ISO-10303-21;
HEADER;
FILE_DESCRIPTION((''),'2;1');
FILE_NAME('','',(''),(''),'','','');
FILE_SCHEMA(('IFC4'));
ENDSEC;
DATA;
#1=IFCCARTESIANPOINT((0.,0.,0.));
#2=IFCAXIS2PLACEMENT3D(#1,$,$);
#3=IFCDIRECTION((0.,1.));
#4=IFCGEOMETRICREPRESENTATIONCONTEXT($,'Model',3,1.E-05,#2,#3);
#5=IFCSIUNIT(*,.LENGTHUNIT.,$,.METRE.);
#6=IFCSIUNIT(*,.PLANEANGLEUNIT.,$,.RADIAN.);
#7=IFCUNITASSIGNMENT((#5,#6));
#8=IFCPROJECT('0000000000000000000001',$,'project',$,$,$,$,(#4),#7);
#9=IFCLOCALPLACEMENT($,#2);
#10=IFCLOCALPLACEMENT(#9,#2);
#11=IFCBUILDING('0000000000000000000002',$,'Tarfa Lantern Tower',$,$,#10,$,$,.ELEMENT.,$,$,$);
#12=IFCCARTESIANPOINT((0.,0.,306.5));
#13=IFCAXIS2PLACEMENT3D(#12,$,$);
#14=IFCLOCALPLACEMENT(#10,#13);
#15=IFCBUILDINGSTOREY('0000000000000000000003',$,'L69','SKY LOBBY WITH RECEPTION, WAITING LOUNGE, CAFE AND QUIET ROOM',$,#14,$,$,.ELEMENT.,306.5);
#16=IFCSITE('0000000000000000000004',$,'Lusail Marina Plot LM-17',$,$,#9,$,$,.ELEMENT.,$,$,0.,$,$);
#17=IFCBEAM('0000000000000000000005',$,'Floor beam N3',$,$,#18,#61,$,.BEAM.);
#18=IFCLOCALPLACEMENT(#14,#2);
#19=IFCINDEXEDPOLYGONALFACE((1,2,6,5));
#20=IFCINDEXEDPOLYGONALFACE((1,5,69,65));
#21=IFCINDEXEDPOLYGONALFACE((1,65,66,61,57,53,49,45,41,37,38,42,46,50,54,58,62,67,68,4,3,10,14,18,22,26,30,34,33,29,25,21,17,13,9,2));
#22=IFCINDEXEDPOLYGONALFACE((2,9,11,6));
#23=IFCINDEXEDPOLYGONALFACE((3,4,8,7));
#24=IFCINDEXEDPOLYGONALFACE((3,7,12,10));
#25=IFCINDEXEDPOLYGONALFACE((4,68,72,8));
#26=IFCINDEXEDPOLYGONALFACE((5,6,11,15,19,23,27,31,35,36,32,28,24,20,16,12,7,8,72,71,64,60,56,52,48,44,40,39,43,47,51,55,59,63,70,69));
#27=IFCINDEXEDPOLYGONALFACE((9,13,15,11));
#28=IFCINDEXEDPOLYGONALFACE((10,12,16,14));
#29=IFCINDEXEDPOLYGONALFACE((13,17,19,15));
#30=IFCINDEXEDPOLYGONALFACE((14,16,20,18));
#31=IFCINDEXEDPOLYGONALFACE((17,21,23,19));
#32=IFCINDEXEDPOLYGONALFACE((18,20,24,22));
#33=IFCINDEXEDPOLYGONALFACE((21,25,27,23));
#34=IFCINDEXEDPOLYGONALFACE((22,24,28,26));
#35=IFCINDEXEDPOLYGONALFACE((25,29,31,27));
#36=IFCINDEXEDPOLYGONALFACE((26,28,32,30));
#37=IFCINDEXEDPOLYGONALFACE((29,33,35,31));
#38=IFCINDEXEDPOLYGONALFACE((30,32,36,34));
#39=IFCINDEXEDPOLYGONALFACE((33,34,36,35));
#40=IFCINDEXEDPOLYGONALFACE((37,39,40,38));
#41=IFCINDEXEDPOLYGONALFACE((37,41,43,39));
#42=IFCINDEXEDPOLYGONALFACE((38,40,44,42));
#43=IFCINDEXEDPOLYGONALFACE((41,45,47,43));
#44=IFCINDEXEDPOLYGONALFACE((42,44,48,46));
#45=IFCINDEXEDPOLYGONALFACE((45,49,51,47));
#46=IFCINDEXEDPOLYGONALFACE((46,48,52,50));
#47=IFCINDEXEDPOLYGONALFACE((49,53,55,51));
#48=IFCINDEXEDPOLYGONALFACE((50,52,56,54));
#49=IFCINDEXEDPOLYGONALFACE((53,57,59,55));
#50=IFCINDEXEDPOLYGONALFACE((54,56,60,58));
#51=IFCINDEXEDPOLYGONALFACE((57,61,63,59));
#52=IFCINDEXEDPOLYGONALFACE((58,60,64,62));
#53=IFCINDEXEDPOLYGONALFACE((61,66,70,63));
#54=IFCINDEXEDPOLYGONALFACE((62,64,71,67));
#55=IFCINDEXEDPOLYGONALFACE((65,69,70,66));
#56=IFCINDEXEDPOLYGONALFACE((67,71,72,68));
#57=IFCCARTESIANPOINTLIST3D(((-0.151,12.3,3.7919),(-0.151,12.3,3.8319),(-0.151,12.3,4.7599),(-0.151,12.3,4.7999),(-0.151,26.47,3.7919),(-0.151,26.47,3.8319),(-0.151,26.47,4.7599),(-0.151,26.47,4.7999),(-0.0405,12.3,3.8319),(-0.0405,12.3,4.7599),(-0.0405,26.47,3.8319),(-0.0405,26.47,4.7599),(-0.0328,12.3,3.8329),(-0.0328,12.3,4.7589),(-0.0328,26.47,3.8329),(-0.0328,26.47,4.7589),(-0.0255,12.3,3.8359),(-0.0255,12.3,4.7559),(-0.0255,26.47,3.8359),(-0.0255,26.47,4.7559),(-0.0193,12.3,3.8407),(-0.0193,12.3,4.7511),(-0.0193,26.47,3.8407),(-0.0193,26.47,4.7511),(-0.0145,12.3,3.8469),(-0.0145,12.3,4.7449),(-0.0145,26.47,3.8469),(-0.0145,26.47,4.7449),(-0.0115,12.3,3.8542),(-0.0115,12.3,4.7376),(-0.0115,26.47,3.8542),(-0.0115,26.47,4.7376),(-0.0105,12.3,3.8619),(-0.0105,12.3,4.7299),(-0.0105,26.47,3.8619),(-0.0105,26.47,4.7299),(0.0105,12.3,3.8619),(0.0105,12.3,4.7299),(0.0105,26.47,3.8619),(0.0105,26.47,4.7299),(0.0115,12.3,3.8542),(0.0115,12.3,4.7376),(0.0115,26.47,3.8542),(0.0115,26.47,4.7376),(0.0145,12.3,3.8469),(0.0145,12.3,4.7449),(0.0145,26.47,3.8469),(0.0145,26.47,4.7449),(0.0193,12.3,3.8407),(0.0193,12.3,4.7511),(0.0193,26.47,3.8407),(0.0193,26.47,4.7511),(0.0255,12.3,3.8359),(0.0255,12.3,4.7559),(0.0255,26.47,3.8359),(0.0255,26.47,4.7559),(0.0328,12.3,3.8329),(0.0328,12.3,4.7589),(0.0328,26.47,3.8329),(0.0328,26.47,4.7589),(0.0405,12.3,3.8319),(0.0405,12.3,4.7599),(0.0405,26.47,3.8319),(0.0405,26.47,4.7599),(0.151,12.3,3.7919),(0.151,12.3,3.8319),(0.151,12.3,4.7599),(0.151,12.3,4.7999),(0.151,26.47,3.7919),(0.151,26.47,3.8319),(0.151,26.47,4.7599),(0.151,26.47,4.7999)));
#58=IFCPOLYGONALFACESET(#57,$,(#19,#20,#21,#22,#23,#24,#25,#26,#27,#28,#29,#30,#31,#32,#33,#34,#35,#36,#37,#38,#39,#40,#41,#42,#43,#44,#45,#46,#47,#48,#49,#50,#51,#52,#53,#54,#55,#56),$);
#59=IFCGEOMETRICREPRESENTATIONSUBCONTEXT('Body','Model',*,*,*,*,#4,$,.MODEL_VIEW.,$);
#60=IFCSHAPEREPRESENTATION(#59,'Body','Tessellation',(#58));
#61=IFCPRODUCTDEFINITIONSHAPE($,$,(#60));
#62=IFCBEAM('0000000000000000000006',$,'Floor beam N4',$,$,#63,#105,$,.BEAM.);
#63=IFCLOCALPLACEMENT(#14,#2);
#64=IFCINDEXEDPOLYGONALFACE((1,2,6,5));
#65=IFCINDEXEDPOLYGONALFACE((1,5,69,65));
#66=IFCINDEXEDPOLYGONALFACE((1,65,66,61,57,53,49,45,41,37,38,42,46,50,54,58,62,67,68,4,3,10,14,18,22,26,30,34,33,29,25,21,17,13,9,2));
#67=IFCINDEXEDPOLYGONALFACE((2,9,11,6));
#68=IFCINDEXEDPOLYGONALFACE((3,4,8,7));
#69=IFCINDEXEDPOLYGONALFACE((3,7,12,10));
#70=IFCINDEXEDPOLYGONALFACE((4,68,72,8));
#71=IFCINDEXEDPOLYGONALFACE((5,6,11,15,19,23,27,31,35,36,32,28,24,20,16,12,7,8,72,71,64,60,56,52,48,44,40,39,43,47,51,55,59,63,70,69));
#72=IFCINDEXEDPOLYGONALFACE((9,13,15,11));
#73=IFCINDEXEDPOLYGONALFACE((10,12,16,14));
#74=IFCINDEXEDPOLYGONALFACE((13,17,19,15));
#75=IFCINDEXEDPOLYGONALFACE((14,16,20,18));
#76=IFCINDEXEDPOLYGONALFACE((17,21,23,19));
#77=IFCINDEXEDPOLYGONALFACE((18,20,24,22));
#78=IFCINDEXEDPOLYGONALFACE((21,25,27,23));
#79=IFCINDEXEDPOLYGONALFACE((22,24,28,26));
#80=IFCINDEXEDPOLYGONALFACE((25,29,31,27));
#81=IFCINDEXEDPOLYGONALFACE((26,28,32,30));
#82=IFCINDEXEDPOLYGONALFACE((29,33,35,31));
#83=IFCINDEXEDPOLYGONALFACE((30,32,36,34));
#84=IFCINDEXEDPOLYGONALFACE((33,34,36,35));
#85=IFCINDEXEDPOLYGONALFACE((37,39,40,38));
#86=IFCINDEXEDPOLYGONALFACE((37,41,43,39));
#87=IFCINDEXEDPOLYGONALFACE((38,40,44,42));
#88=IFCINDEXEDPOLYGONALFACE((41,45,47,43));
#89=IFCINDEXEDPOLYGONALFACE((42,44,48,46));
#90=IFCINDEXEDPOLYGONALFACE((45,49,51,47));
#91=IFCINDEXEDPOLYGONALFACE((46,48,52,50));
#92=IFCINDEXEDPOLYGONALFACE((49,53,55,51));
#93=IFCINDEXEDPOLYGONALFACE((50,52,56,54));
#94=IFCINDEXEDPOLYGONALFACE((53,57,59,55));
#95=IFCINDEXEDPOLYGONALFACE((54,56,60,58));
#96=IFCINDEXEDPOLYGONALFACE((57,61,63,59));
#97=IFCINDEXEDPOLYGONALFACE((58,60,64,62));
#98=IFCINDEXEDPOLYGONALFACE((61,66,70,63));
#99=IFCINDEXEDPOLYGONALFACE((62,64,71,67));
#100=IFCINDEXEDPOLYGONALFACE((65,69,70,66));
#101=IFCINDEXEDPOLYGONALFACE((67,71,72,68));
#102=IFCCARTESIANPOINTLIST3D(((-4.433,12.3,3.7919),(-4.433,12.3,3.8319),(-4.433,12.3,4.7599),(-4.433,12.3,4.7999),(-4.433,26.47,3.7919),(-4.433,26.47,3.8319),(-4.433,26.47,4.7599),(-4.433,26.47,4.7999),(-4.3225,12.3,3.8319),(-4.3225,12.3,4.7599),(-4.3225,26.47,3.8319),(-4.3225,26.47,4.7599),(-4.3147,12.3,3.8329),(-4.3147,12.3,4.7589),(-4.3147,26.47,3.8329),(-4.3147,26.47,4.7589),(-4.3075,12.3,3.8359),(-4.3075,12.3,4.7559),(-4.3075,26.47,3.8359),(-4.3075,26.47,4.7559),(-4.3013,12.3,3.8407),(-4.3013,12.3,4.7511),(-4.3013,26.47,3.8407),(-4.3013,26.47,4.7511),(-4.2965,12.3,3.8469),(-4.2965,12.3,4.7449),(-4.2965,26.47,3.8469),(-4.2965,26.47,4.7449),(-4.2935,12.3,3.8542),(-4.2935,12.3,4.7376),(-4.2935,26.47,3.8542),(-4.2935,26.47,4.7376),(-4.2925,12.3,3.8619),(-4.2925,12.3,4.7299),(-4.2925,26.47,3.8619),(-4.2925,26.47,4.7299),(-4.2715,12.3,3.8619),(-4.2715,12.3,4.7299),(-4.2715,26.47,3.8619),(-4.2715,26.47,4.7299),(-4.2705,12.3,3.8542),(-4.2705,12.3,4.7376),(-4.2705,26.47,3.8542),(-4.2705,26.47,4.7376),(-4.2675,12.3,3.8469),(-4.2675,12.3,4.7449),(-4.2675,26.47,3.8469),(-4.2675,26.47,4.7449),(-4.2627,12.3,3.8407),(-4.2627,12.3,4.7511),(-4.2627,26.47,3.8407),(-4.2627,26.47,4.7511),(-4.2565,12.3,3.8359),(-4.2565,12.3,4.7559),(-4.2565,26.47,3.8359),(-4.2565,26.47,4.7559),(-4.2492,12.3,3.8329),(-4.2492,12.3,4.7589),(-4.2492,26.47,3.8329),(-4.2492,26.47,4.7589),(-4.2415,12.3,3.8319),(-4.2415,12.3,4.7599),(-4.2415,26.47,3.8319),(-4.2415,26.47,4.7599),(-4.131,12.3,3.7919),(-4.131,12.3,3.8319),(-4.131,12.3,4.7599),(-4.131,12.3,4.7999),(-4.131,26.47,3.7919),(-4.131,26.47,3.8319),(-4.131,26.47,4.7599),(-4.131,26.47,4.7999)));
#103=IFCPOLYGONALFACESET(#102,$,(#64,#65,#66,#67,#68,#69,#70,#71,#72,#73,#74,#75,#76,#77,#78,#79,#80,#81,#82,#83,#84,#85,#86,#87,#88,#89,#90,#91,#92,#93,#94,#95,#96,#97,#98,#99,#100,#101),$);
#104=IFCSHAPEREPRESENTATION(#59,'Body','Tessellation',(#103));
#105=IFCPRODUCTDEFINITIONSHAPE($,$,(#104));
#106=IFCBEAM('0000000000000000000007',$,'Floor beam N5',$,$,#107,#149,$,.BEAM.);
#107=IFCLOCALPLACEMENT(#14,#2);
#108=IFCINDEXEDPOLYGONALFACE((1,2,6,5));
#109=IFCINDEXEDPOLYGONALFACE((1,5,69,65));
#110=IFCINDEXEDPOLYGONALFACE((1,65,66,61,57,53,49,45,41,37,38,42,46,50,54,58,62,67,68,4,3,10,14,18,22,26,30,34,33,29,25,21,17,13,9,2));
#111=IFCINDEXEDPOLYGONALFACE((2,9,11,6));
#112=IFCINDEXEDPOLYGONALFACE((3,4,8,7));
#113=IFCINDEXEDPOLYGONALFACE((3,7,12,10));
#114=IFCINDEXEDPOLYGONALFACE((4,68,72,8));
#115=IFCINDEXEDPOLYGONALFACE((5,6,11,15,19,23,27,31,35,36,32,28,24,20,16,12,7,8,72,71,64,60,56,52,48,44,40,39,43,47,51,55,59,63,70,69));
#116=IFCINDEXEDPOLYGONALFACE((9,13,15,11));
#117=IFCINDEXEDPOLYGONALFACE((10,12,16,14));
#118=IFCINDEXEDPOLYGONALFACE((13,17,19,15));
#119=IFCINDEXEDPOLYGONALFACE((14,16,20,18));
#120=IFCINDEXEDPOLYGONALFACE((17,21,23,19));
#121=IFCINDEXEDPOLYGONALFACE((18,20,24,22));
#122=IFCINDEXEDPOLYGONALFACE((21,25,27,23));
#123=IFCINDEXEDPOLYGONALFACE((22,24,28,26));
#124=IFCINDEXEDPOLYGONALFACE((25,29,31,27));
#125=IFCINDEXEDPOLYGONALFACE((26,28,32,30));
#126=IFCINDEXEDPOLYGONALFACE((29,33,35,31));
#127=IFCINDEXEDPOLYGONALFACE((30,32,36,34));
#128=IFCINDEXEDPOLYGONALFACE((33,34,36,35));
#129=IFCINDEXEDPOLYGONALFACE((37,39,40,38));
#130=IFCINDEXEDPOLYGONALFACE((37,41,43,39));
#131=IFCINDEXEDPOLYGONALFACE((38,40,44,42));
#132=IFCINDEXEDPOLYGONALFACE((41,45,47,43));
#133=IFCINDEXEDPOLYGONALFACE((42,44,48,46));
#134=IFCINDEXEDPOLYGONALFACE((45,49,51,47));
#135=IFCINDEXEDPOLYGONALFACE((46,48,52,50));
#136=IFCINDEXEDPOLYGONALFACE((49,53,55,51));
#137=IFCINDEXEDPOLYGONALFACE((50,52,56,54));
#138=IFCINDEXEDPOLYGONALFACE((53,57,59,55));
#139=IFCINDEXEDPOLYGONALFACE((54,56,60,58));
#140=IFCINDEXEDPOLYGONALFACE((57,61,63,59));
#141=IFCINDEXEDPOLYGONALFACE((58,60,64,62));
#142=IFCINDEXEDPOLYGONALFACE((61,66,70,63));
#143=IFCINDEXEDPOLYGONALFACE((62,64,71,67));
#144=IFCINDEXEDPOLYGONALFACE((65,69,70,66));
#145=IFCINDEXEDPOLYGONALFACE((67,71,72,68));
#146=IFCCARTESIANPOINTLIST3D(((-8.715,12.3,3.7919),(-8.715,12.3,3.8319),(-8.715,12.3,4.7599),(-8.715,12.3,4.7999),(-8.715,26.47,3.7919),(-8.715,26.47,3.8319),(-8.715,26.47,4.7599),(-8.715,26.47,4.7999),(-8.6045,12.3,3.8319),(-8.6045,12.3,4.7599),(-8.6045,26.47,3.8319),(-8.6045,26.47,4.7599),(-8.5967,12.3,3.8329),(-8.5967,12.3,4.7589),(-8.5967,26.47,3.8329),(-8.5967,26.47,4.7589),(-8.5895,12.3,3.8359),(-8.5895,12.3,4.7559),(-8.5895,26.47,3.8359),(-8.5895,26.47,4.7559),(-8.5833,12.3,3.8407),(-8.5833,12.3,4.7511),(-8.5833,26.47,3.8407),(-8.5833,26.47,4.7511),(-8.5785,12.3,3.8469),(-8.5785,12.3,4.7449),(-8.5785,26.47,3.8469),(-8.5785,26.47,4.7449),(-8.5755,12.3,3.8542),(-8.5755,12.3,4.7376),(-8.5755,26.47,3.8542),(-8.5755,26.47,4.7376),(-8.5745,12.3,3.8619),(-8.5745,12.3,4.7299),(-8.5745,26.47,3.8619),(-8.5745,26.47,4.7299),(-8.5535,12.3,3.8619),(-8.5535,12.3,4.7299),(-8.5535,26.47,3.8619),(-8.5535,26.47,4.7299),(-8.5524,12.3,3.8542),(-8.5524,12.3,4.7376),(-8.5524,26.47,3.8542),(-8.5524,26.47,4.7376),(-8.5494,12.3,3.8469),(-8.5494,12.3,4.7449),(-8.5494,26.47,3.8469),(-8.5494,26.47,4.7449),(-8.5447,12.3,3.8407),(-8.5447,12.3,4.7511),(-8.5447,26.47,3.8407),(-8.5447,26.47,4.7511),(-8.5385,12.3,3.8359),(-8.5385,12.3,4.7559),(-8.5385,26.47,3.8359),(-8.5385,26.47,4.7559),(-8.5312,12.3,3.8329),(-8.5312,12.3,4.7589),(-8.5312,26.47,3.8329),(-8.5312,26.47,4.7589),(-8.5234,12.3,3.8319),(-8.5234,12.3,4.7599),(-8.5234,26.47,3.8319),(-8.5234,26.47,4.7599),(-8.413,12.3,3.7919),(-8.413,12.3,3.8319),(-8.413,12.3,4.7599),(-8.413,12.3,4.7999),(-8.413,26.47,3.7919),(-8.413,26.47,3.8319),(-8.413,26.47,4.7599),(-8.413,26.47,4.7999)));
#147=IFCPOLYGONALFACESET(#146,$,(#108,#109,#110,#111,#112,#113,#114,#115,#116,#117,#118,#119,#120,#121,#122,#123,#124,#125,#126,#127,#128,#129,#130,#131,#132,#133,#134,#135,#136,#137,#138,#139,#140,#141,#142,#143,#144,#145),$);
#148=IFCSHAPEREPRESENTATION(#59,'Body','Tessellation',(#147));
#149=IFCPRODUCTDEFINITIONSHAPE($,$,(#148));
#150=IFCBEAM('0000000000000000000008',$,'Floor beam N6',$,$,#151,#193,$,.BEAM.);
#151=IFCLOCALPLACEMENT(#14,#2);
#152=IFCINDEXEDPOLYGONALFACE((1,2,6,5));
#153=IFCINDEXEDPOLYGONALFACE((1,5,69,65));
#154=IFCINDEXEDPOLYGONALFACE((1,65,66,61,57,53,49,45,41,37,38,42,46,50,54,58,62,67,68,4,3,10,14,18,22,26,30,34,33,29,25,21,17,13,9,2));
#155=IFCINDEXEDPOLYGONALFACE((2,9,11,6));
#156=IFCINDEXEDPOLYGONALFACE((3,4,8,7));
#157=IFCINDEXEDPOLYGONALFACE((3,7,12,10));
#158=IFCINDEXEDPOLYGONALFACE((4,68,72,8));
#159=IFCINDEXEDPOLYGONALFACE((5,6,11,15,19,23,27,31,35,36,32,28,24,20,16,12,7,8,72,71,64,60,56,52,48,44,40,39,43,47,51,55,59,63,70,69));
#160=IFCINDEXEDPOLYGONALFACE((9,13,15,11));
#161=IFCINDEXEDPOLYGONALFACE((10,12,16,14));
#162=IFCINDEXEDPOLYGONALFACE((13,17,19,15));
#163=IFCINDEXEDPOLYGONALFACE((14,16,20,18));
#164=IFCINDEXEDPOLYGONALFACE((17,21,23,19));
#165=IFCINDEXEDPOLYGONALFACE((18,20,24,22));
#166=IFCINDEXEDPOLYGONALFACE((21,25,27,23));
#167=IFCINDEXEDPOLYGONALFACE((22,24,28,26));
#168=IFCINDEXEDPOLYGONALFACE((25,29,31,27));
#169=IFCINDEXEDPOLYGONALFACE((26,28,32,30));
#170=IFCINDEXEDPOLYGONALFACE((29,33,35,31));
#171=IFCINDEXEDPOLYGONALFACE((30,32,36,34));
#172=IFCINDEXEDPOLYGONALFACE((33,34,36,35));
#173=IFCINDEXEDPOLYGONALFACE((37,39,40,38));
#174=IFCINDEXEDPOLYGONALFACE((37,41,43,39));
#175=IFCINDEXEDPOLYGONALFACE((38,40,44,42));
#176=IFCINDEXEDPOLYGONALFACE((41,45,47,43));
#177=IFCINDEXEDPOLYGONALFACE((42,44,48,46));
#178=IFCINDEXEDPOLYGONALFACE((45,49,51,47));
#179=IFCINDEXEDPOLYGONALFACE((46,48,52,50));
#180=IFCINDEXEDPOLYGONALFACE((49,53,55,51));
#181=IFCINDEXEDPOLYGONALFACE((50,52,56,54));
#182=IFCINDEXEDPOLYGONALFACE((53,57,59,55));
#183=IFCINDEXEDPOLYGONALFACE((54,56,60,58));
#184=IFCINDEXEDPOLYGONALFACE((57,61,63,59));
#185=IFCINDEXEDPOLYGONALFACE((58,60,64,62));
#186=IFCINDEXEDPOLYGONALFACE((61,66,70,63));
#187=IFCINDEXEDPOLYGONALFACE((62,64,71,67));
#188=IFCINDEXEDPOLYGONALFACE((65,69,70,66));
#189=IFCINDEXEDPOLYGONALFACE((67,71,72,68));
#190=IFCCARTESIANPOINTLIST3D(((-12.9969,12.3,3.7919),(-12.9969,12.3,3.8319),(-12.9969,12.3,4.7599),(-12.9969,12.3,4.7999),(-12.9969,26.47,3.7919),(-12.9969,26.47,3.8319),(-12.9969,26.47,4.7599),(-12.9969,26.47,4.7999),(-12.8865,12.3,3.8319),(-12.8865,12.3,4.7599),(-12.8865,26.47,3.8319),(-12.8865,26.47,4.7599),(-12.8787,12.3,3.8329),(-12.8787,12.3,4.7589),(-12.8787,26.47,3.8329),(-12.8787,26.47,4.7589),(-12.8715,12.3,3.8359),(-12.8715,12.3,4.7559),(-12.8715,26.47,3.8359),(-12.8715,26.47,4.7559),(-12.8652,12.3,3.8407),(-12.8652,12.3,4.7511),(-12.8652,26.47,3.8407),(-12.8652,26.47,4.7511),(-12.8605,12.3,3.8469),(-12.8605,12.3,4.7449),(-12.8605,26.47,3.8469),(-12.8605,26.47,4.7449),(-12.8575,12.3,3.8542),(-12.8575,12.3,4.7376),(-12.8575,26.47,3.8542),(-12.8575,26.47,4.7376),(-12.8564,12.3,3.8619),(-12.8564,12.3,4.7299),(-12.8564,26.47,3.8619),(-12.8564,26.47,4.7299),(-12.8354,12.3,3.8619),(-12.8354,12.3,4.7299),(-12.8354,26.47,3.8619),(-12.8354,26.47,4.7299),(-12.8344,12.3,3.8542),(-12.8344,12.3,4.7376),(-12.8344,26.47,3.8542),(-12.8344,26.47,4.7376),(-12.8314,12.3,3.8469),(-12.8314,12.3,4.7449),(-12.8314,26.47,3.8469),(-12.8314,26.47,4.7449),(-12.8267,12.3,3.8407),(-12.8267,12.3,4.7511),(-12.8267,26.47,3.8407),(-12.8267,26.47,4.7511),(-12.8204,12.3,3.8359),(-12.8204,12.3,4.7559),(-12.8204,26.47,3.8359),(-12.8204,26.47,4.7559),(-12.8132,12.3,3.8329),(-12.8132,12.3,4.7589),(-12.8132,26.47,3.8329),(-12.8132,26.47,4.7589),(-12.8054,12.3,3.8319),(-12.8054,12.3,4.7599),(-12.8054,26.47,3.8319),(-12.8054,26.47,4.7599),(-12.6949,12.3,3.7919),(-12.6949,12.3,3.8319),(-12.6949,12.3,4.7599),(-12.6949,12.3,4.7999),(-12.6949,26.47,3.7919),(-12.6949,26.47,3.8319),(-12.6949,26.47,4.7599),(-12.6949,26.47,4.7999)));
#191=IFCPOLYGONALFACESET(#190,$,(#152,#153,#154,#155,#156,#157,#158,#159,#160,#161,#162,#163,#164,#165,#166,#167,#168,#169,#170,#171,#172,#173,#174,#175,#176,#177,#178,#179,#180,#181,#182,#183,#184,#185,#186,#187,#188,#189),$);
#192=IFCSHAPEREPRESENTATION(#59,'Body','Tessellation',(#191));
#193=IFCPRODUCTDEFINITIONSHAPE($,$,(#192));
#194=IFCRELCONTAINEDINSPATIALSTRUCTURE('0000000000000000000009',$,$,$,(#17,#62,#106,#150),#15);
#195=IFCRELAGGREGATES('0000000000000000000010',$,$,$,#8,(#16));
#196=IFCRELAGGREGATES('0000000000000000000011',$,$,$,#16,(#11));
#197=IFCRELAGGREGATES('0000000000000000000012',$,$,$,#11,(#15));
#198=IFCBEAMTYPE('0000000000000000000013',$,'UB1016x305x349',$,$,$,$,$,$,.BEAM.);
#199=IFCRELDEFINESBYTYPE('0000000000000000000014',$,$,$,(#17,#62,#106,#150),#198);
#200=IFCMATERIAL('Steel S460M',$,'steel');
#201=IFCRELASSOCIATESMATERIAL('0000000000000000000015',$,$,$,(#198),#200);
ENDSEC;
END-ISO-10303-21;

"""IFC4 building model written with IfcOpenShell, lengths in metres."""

from ifc_helpers import new_model, si_unit, direction, frame, origin, origin_2d, place, context, subcontext, project, spatial, i_section, extrude, material, material_profile, profile_set, type_object, element, save


model = new_model("IFC4")

# Units and contexts
model_context = context("Model", 3, precision=1e-05, world=origin(), true_north=direction((0.0, 1.0)))
body_context = subcontext(model_context, "Body", "Model", "MODEL_VIEW")
ifc_project = project(units=[si_unit("LENGTHUNIT", "METRE"), si_unit("PLANEANGLEUNIT", "RADIAN")], contexts=[model_context])

# Site, building, storey
site_placement = place(None, origin())
site = spatial("IfcSite", under=ifc_project, at=site_placement, Name="Lusail Marina Plot LM-17", CompositionType="ELEMENT", RefElevation=0.0)
building_placement = place(site_placement, origin())
building = spatial("IfcBuilding", under=site, at=building_placement, Name="Tarfa Lantern Tower", CompositionType="ELEMENT")
storey_placement = place(building_placement, frame((0.0, 0.0, 306.5)))
storey = spatial("IfcBuildingStorey", under=building, at=storey_placement, Name="L69", Description="SKY LOBBY WITH RECEPTION, WAITING LOUNGE, CAFE AND QUIET ROOM", CompositionType="ELEMENT", Elevation=306.5)

# Shared definitions
ifc_material_1 = material(Name="Steel S460M", Category="steel")

# Beams
ifc_material_profile_1 = material_profile(ifc_material_1, i_section(OverallWidth=0.302, OverallDepth=1.0081, WebThickness=0.021, FlangeThickness=0.04, FilletRadius=0.03, at=origin_2d()), Name="UB1016x305x349")
ifc_profile_set_1 = profile_set([ifc_material_profile_1], Name="Steel S460M")
beam_type_1 = type_object("IfcBeamType", Name="UB1016x305x349", PredefinedType="BEAM", material=ifc_profile_set_1)
for number, where, z_axis, x_axis, name in (
    (1, (0.0, 26.47, 4.2959), (0.0, -1.0, 0.0), (1.0, 0.0, 0.0), "Floor beam N3"),
    (2, (-4.282, 26.47, 4.2959), (0.0, -1.0, 0.0), (1.0, 0.0, 0.0), "Floor beam N4"),
    (3, (-8.564, 26.47, 4.2959), (0.0, -1.0, 0.0), (1.0, 0.0, 0.0), "Floor beam N5"),
    (4, (-12.8459, 26.47, 4.2959), (0.0, -1.0, 0.0), (1.0, 0.0, 0.0), "Floor beam N6"),
):
    element("IfcBeam", number, at=place(storey_placement, frame(where, z_axis=z_axis, x_axis=x_axis)), inside=storey, type_object=beam_type_1, Name=name, PredefinedType="BEAM", context=body_context, shape_type="SweptSolid", body=[
        extrude(i_section(OverallWidth=0.302, OverallDepth=1.0081, WebThickness=0.021, FlangeThickness=0.04, FilletRadius=0.03, at=origin_2d()), origin(), (0.0, 0.0, 1.0), 14.1699),
    ])

save(model, "model.ifc")
